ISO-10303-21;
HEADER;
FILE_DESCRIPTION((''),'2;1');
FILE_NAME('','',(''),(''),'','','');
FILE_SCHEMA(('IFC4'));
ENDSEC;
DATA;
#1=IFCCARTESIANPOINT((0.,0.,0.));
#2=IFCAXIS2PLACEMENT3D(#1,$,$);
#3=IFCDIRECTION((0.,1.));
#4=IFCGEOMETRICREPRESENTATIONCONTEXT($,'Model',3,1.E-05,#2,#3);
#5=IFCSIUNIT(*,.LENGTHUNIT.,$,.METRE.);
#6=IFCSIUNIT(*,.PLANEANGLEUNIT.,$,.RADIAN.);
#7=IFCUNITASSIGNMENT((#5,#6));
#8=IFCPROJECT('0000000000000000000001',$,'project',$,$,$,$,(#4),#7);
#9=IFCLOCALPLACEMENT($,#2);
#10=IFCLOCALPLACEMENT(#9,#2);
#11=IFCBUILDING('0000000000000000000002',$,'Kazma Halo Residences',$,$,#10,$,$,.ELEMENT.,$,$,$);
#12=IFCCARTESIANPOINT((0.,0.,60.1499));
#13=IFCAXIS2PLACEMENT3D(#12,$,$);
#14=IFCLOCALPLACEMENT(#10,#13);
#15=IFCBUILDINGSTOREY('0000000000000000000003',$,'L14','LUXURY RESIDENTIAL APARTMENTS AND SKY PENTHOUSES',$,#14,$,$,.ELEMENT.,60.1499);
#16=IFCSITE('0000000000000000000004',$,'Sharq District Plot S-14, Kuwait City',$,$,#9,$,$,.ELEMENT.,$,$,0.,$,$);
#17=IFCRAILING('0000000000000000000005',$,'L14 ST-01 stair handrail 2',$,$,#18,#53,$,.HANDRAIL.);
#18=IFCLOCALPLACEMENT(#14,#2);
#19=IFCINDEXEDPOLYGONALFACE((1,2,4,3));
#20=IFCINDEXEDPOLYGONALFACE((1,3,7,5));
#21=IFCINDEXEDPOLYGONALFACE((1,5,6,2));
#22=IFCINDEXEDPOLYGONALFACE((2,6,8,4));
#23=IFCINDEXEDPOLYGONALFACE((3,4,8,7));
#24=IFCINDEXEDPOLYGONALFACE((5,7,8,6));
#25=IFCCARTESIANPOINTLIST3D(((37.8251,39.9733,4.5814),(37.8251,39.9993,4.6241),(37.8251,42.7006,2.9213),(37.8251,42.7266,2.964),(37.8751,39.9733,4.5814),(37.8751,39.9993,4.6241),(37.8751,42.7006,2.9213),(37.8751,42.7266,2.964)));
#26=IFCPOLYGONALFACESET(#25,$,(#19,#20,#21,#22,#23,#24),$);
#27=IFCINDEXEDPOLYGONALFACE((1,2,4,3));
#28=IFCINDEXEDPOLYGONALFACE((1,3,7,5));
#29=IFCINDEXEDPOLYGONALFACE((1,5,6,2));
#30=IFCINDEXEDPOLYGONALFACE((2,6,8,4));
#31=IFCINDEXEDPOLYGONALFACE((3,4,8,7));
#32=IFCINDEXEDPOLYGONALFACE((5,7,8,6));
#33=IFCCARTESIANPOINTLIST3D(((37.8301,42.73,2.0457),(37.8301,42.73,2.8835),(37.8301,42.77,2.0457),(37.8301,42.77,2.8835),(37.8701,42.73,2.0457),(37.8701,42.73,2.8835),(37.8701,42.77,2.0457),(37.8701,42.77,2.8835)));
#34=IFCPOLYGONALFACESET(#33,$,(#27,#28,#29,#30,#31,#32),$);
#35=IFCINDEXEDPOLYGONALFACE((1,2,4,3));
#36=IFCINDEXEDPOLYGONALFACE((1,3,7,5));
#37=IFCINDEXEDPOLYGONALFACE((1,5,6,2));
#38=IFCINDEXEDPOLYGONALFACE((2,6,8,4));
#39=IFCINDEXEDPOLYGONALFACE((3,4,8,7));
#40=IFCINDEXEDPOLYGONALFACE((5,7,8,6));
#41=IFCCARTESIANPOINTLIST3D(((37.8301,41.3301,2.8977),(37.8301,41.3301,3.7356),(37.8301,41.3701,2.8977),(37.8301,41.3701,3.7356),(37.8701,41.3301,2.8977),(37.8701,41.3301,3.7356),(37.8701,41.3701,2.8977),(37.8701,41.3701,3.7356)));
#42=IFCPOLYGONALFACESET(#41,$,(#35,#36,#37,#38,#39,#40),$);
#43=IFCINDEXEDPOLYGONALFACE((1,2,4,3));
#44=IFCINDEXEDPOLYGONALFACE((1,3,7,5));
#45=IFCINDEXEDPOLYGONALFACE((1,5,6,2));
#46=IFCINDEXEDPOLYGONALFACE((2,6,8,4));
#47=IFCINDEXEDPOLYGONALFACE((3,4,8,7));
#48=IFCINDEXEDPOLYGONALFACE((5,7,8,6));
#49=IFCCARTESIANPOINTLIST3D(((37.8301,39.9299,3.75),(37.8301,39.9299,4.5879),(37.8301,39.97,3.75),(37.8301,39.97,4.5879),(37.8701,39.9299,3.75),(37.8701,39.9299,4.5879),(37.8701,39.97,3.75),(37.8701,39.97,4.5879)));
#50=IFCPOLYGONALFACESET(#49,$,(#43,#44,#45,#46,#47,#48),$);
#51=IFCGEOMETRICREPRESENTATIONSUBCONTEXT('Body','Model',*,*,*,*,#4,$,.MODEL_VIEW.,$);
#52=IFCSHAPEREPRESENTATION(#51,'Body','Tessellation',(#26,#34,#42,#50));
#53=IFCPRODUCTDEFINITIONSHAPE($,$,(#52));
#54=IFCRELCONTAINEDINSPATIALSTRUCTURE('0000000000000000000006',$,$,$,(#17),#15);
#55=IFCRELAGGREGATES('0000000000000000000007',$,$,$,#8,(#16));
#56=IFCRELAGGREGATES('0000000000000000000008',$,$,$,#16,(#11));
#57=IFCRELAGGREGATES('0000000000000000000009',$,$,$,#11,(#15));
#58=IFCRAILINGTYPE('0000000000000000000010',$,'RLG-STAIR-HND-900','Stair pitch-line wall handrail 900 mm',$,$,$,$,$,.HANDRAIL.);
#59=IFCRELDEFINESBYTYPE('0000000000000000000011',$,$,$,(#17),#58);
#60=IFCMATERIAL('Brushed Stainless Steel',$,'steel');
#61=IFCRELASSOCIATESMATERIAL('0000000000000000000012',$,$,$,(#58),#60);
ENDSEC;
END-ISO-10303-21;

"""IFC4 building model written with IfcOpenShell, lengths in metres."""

from ifc_helpers import new_model, si_unit, direction, frame, origin, origin_2d, place, context, subcontext, project, spatial, rectangle, extrude, material, type_object, element, save


model = new_model("IFC4")

# Units and contexts
model_context = context("Model", 3, precision=1e-05, world=origin(), true_north=direction((0.0, 1.0)))
body_context = subcontext(model_context, "Body", "Model", "MODEL_VIEW")
ifc_project = project(units=[si_unit("LENGTHUNIT", "METRE"), si_unit("PLANEANGLEUNIT", "RADIAN")], contexts=[model_context])

# Site, building, storey
site_placement = place(None, origin())
site = spatial("IfcSite", under=ifc_project, at=site_placement, Name="Sharq District Plot S-14, Kuwait City", CompositionType="ELEMENT", RefElevation=0.0)
building_placement = place(site_placement, origin())
building = spatial("IfcBuilding", under=site, at=building_placement, Name="Kazma Halo Residences", CompositionType="ELEMENT")
storey_placement = place(building_placement, frame((0.0, 0.0, 60.1499)))
storey = spatial("IfcBuildingStorey", under=building, at=storey_placement, Name="L14", Description="LUXURY RESIDENTIAL APARTMENTS AND SKY PENTHOUSES", CompositionType="ELEMENT", Elevation=60.1499)

# Railing
ifc_material_1 = material(Name="Brushed Stainless Steel", Category="steel")
railing_type_1 = type_object("IfcRailingType", Name="RLG-STAIR-HND-900", Description="Stair pitch-line wall handrail 900 mm", PredefinedType="HANDRAIL", material=ifc_material_1)
railing_1_placement = place(storey_placement, frame((37.8501, 42.75, 2.0457)))
element("IfcRailing", 1, at=railing_1_placement, inside=storey, type_object=railing_type_1, Name="L14 ST-01 stair handrail 2", PredefinedType="HANDRAIL", context=body_context, shape_type="SweptSolid", body=[
    extrude(rectangle(XDim=0.05, YDim=0.05, at=origin_2d()), frame((0.0, -0.0364, 0.897), z_axis=(0.0, -0.854203, 0.51994), x_axis=(1.0, 0.0, 0.0)), (0.0, 0.0, 1.0), 3.1929),
    extrude(rectangle(XDim=0.04, YDim=0.04, at=origin_2d()), origin(), (0.0, 0.0, 1.0), 0.8379),
    extrude(rectangle(XDim=0.04, YDim=0.04, at=origin_2d()), frame((0.0, -1.3999, 0.8521)), (0.0, 0.0, 1.0), 0.8379),
    extrude(rectangle(XDim=0.04, YDim=0.04, at=origin_2d()), frame((0.0, -2.8, 1.7043)), (0.0, 0.0, 1.0), 0.8379),
])

save(model, "model.ifc")
